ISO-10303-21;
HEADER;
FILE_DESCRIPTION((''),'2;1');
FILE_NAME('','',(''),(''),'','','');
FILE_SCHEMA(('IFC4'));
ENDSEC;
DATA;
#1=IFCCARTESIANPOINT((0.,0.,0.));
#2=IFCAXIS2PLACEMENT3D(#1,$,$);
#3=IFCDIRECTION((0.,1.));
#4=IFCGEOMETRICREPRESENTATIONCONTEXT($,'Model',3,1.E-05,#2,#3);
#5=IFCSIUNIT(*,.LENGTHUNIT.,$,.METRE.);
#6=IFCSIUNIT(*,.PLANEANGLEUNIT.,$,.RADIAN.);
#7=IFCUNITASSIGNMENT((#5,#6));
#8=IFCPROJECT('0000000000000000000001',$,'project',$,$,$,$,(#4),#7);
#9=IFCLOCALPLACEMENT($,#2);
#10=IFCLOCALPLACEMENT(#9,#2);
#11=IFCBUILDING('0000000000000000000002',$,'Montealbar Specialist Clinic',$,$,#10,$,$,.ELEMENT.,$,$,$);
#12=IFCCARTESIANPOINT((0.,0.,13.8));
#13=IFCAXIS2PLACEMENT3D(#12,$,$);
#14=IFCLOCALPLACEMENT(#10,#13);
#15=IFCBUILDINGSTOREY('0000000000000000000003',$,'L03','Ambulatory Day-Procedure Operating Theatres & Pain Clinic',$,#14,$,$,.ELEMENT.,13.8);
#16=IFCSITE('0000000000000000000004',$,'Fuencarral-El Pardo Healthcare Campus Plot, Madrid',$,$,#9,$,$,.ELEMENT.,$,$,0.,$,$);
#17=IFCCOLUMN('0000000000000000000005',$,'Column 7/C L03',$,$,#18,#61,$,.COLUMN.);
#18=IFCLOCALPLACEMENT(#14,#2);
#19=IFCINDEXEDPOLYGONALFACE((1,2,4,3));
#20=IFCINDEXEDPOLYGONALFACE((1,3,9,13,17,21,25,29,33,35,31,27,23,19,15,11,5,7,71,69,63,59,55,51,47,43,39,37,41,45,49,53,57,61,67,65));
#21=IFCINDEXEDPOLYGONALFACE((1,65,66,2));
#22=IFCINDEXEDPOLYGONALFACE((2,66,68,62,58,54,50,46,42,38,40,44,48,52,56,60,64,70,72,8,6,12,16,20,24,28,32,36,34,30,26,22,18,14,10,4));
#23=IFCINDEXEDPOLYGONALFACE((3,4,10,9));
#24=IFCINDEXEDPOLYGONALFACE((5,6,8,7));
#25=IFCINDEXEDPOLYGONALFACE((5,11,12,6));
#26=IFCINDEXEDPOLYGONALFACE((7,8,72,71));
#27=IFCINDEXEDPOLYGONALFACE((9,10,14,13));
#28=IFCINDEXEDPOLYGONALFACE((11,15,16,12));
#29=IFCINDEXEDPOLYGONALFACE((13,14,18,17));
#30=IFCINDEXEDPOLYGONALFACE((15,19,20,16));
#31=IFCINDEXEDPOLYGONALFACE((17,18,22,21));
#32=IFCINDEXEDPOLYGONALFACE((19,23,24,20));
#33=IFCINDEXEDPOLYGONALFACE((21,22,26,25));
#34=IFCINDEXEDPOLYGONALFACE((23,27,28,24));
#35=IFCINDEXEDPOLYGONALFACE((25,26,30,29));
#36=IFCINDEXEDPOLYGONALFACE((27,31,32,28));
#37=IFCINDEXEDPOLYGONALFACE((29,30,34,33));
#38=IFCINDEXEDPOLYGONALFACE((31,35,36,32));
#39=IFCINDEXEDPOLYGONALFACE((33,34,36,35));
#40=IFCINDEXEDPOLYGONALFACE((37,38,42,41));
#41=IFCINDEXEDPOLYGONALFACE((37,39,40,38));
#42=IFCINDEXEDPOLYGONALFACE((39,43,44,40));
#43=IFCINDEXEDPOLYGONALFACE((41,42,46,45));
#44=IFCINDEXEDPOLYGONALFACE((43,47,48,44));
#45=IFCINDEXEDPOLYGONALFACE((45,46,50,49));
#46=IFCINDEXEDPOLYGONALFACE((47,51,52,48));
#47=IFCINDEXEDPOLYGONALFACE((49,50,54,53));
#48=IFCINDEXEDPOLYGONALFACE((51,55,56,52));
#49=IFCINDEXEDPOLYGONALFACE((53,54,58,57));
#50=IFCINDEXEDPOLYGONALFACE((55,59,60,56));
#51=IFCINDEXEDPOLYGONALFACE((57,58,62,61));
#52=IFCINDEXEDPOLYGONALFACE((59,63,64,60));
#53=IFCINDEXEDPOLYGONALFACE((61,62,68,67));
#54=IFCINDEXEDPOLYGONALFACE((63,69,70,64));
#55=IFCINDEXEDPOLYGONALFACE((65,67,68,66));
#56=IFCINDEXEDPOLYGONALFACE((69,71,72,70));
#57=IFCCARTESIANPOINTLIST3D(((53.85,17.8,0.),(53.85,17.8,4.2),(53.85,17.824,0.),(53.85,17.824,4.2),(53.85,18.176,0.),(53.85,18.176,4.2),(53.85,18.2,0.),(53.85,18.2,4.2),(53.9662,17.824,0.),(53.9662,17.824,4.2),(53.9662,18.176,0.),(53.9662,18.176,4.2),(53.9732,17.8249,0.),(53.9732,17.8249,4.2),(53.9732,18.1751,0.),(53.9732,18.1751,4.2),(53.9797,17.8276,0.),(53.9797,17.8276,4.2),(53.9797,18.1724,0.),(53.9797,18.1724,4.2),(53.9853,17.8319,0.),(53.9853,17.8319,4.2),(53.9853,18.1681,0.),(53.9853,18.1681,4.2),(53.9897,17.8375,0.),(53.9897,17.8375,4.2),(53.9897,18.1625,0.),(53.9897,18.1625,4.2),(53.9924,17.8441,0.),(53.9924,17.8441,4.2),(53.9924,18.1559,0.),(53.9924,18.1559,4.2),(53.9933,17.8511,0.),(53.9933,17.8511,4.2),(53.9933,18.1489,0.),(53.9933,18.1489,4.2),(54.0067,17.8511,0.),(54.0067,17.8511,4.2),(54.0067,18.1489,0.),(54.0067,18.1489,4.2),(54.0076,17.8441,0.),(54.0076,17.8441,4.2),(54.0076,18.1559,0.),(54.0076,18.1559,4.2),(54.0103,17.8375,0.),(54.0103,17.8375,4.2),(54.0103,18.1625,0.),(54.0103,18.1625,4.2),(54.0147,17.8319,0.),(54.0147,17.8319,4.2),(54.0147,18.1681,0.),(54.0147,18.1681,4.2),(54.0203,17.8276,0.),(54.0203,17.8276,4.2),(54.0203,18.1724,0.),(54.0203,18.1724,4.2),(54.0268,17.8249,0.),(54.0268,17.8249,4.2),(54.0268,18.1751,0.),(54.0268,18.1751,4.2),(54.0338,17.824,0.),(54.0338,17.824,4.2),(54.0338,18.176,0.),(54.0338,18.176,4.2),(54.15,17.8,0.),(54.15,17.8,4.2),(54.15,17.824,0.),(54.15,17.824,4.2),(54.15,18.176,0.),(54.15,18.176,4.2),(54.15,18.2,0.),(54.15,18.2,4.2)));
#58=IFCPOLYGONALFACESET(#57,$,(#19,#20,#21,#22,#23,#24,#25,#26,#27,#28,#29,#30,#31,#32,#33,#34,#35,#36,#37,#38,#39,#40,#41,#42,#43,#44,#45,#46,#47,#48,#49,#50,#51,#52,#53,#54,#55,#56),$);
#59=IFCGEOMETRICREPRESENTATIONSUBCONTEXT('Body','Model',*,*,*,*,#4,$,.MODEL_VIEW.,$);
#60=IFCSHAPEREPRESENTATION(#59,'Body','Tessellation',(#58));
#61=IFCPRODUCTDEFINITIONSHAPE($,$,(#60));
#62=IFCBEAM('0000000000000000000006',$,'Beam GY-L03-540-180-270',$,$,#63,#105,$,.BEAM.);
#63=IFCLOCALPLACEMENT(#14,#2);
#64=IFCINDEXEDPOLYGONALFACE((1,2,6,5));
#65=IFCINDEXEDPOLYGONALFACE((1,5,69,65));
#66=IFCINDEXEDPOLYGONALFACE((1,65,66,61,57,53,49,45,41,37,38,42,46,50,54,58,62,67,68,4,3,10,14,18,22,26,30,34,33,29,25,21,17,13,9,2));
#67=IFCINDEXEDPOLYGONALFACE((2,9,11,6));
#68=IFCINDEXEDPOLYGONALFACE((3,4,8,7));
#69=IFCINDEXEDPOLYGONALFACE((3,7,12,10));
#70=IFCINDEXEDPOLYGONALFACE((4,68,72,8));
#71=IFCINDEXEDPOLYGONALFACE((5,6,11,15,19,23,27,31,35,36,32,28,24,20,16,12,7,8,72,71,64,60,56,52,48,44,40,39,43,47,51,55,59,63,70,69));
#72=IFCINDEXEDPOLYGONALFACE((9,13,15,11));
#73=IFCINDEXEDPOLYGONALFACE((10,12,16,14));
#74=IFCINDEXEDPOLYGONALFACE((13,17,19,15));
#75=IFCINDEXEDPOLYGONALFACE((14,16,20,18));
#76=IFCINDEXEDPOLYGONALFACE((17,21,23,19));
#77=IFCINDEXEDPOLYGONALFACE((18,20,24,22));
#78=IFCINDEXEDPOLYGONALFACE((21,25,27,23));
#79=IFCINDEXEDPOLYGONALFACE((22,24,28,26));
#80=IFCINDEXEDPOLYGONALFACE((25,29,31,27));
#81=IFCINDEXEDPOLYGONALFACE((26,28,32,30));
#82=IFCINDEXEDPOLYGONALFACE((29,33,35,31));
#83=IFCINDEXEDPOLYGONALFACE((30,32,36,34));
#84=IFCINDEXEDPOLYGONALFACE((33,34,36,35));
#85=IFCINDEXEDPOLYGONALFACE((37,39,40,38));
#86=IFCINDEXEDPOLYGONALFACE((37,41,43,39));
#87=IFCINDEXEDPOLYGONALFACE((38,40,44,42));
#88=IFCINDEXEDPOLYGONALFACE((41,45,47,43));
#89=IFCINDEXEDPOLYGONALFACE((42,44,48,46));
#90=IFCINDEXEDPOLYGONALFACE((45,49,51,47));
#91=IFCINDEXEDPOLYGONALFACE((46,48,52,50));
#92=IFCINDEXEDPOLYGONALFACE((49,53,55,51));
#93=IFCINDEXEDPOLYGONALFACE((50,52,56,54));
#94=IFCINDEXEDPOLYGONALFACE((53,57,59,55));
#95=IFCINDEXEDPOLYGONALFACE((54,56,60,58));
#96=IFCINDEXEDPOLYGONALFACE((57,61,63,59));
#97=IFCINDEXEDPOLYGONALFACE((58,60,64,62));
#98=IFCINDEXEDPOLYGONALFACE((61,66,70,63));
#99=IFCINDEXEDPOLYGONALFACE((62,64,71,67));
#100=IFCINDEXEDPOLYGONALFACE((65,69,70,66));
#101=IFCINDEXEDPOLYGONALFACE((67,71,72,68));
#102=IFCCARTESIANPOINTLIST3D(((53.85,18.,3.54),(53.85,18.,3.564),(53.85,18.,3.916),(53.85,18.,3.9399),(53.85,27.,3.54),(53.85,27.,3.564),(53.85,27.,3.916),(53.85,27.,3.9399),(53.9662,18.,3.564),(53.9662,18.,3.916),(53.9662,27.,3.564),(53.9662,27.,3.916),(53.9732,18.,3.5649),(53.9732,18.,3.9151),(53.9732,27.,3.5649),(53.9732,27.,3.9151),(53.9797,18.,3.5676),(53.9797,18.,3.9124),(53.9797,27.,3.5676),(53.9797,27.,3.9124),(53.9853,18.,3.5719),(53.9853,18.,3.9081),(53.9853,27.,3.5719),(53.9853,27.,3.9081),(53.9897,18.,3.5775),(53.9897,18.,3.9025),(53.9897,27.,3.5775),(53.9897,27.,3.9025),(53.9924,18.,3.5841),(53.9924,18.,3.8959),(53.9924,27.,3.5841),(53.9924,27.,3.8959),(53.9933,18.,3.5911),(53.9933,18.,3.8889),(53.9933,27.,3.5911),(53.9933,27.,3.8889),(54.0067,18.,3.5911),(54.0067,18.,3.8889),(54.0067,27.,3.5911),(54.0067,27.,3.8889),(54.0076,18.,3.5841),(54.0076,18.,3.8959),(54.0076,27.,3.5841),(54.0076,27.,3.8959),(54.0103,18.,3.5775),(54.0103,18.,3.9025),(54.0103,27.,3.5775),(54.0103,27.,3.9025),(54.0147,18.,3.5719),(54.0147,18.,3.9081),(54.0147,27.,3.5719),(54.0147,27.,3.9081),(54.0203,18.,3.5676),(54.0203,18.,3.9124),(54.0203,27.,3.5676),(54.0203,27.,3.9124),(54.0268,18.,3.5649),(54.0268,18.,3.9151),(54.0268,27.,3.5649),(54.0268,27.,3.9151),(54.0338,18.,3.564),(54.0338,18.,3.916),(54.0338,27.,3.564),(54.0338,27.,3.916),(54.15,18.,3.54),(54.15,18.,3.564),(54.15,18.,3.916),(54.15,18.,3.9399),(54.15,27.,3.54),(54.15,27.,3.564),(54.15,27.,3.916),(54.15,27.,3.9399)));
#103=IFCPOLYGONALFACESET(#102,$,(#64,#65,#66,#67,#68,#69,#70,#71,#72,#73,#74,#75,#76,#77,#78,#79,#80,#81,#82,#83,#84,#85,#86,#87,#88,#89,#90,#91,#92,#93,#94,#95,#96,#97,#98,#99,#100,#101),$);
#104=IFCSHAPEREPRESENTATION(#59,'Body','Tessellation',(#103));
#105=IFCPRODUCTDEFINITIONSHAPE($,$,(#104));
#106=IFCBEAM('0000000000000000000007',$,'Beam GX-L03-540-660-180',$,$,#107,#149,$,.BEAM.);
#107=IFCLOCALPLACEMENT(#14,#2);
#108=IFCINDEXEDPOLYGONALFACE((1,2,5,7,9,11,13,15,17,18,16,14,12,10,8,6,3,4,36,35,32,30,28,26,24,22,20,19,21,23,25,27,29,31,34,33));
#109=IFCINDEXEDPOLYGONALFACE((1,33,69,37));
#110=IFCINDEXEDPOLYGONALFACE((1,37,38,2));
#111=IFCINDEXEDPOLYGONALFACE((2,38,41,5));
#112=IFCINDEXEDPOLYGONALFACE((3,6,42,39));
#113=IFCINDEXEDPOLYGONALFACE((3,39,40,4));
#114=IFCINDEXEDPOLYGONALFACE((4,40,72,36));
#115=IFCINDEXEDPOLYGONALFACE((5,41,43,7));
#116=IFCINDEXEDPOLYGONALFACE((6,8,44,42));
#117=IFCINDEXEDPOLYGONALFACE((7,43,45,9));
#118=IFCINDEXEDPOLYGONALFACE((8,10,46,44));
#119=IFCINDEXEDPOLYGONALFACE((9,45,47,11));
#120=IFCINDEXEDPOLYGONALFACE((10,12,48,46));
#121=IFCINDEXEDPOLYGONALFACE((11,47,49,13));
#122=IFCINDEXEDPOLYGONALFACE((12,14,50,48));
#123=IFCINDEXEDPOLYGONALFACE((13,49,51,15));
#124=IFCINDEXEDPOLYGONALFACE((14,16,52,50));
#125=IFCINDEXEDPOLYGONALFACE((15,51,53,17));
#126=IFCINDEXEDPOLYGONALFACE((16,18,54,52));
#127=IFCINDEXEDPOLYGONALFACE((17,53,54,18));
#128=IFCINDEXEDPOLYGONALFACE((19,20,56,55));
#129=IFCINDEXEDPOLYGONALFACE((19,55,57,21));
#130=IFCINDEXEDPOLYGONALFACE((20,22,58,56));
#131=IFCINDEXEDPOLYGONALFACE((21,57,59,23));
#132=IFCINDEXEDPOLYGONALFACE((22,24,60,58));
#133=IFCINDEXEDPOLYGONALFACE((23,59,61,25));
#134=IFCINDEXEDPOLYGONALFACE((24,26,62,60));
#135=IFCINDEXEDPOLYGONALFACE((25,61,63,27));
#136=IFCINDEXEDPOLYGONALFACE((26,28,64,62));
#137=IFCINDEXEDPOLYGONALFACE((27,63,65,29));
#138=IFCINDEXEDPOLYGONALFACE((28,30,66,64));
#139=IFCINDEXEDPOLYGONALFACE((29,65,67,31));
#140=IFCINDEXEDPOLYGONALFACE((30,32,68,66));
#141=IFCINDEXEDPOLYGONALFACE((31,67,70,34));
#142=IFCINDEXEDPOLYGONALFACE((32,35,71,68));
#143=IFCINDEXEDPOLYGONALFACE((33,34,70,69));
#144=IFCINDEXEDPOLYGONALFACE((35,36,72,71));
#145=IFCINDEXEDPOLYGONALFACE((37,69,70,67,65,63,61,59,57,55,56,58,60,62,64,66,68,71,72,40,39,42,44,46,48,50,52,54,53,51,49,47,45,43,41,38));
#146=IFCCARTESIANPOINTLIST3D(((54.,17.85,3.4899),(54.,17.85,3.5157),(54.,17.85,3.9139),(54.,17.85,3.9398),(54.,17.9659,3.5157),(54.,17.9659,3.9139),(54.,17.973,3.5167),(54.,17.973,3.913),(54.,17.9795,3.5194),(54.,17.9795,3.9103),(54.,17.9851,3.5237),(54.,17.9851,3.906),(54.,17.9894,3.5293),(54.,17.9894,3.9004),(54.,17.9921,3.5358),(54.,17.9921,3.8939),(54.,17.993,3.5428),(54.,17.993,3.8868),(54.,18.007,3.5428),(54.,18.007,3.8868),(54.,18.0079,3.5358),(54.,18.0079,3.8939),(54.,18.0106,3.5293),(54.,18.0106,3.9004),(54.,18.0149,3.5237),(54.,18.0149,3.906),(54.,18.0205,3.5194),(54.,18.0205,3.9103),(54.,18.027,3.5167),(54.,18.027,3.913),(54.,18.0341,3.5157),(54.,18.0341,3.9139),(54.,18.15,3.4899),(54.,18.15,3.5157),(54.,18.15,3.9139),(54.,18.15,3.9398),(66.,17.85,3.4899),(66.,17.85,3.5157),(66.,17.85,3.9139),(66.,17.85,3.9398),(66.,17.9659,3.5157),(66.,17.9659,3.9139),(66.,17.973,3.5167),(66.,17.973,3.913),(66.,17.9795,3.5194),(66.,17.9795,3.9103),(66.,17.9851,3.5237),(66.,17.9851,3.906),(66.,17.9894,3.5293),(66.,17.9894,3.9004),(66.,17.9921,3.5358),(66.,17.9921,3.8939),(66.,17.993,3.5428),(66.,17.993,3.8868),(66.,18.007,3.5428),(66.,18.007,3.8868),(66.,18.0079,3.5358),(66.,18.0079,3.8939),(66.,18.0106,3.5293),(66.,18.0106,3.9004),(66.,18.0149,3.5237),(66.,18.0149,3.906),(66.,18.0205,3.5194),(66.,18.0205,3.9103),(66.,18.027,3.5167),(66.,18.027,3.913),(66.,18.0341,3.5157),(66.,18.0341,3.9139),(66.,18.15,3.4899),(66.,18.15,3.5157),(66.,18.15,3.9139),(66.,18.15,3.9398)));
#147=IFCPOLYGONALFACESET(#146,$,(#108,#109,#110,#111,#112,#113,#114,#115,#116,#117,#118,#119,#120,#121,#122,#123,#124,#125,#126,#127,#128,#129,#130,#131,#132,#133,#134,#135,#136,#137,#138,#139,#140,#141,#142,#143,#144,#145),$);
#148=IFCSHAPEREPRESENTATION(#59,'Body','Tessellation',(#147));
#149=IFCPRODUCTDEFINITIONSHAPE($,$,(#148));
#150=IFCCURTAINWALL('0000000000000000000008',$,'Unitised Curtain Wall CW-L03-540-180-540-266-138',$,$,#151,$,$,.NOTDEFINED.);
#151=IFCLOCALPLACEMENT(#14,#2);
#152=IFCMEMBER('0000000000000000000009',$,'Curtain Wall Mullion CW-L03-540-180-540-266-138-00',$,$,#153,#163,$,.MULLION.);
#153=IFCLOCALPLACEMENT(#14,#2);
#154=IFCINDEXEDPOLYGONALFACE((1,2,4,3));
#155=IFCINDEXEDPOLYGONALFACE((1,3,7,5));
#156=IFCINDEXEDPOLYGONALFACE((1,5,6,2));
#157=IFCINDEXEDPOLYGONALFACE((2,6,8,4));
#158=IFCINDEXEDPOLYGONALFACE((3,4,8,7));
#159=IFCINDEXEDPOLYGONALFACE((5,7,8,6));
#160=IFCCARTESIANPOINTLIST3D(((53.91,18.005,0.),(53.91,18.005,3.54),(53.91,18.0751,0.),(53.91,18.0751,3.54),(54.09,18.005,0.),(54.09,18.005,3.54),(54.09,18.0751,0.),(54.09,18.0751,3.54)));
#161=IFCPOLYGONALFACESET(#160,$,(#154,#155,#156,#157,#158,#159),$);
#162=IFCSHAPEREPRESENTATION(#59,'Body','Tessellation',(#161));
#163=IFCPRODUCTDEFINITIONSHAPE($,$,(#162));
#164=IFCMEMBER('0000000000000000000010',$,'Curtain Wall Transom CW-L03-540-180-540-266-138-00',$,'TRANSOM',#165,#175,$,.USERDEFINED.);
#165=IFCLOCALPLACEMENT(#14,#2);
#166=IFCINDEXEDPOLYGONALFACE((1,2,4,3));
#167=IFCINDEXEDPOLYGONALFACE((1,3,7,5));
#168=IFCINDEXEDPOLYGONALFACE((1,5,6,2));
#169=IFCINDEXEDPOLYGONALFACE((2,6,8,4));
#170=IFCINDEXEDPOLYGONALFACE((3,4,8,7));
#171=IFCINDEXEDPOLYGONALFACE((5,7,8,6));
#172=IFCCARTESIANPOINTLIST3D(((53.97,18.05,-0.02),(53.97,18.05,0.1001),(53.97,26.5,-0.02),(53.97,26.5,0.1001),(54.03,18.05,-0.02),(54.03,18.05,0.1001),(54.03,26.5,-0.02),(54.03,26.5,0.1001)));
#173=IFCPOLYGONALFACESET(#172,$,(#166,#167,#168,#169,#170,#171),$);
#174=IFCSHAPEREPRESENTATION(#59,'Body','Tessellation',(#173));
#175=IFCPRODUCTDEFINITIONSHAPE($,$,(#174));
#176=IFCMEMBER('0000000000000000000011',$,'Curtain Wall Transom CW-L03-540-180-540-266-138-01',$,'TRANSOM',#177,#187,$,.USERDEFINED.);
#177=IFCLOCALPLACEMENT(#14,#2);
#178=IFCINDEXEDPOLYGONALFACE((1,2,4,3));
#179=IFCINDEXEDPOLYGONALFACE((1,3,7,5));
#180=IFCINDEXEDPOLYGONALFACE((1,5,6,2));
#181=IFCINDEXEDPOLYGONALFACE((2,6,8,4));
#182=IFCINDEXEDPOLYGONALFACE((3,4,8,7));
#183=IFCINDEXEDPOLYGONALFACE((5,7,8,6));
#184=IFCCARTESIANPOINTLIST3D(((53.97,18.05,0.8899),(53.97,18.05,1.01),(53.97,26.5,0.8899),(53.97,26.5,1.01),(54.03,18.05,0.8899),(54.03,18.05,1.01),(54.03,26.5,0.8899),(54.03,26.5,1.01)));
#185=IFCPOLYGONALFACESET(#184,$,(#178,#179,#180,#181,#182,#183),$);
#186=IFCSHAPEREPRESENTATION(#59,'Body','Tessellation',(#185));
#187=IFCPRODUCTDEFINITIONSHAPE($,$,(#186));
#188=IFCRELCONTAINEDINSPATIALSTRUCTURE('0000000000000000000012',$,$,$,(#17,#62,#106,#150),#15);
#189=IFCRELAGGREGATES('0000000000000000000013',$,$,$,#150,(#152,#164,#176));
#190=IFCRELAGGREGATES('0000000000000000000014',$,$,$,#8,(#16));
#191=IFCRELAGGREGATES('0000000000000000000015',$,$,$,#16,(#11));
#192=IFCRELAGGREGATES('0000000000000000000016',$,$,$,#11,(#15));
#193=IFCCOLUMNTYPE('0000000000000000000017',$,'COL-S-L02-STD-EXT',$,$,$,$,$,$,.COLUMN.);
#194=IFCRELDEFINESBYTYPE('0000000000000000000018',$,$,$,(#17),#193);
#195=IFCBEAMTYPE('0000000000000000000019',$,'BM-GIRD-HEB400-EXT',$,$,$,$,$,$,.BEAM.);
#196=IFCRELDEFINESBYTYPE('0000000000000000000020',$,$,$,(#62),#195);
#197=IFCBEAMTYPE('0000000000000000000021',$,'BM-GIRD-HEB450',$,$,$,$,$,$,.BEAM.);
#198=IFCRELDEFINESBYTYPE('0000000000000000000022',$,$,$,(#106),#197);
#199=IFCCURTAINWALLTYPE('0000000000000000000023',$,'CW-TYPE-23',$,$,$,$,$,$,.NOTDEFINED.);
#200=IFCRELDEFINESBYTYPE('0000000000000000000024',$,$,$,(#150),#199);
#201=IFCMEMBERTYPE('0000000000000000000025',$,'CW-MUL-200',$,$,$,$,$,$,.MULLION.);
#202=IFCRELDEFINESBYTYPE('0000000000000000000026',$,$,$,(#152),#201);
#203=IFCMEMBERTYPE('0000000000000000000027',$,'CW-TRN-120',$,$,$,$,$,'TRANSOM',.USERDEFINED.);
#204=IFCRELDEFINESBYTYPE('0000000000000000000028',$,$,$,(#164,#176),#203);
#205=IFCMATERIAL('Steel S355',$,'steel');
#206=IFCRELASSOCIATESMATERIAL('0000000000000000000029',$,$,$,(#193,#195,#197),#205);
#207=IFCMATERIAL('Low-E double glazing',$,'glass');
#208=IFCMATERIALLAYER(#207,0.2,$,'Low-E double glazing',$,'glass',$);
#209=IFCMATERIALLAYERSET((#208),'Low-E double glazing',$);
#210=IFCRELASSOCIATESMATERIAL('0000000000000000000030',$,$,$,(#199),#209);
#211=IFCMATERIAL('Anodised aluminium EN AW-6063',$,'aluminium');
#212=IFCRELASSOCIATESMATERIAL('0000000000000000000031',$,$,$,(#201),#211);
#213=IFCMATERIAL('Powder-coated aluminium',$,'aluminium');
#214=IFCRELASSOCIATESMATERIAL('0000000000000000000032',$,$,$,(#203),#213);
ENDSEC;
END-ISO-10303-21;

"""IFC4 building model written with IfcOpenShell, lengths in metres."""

from ifc_helpers import new_model, si_unit, direction, frame, origin, origin_2d, place, context, subcontext, project, spatial, rectangle, i_section, extrude, material, layer, layer_set, material_profile, profile_set, type_object, element, aggregate, save


model = new_model("IFC4")

# Units and contexts
model_context = context("Model", 3, precision=1e-05, world=origin(), true_north=direction((0.0, 1.0)))
body_context = subcontext(model_context, "Body", "Model", "MODEL_VIEW")
ifc_project = project(units=[si_unit("LENGTHUNIT", "METRE"), si_unit("PLANEANGLEUNIT", "RADIAN")], contexts=[model_context])

# Site, building, storey
site_placement = place(None, origin())
site = spatial("IfcSite", under=ifc_project, at=site_placement, Name="Fuencarral-El Pardo Healthcare Campus Plot, Madrid", CompositionType="ELEMENT", RefElevation=0.0)
building_placement = place(site_placement, origin())
building = spatial("IfcBuilding", under=site, at=building_placement, Name="Montealbar Specialist Clinic", CompositionType="ELEMENT")
storey_placement = place(building_placement, frame((0.0, 0.0, 13.8)))
storey = spatial("IfcBuildingStorey", under=building, at=storey_placement, Name="L03", Description="Ambulatory Day-Procedure Operating Theatres & Pain Clinic", CompositionType="ELEMENT", Elevation=13.8)

# Column
ifc_material_1 = material(Name="Steel S355", Category="steel")
ifc_material_profile_1 = material_profile(ifc_material_1, i_section(OverallWidth=0.3, OverallDepth=0.3999, WebThickness=0.0134, FlangeThickness=0.0239, FilletRadius=0.0271, at=origin_2d()), Name="HEB 400", Category="steel")
ifc_profile_set_1 = profile_set([ifc_material_profile_1], Name="Steel S355")
column_type = type_object("IfcColumnType", Name="COL-S-L02-STD-EXT", PredefinedType="COLUMN", material=ifc_profile_set_1)
column_placement = place(storey_placement, frame((54.0, 18.0, 0.0), z_axis=(0.0, 0.0, 1.0), x_axis=(1.0, 0.0, 0.0)))
element("IfcColumn", 1, at=column_placement, inside=storey, type_object=column_type, Name="Column 7/C L03", PredefinedType="COLUMN", context=body_context, shape_type="SweptSolid", body=[
    extrude(i_section(OverallWidth=0.3, OverallDepth=0.3999, WebThickness=0.0134, FlangeThickness=0.0239, FilletRadius=0.0271, at=origin_2d()), origin(), (0.0, 0.0, 1.0), 4.2),
])

# Beams
ifc_material_profile_2 = material_profile(ifc_material_1, i_section(OverallWidth=0.3, OverallDepth=0.3999, WebThickness=0.0134, FlangeThickness=0.0239, FilletRadius=0.0271, at=origin_2d()), Name="HEB 400", Category="steel")
ifc_profile_set_2 = profile_set([ifc_material_profile_2], Name="Steel S355")
beam_type_1 = type_object("IfcBeamType", Name="BM-GIRD-HEB400-EXT", PredefinedType="BEAM", material=ifc_profile_set_2)
beam_1_placement = place(storey_placement, frame((54.0, 18.0, 3.74), z_axis=(0.0, 1.0, 0.0), x_axis=(-1.0, 0.0, 0.0)))
element("IfcBeam", 2, at=beam_1_placement, inside=storey, type_object=beam_type_1, Name="Beam GY-L03-540-180-270", PredefinedType="BEAM", context=body_context, shape_type="SweptSolid", body=[
    extrude(i_section(OverallWidth=0.3, OverallDepth=0.3999, WebThickness=0.0134, FlangeThickness=0.0239, FilletRadius=0.0271, at=origin_2d()), origin(), (0.0, 0.0, 1.0), 9.0),
])
ifc_material_profile_3 = material_profile(ifc_material_1, i_section(OverallWidth=0.3, OverallDepth=0.45, WebThickness=0.0139, FlangeThickness=0.0259, FilletRadius=0.0271, at=origin_2d()), Name="HEB 450", Category="steel")
ifc_profile_set_3 = profile_set([ifc_material_profile_3], Name="Steel S355")
beam_type_2 = type_object("IfcBeamType", Name="BM-GIRD-HEB450", PredefinedType="BEAM", material=ifc_profile_set_3)
beam_2_placement = place(storey_placement, frame((54.0, 18.0, 3.7148), z_axis=(1.0, 0.0, 0.0), x_axis=(0.0, 1.0, 0.0)))
element("IfcBeam", 3, at=beam_2_placement, inside=storey, type_object=beam_type_2, Name="Beam GX-L03-540-660-180", PredefinedType="BEAM", context=body_context, shape_type="SweptSolid", body=[
    extrude(i_section(OverallWidth=0.3, OverallDepth=0.45, WebThickness=0.0139, FlangeThickness=0.0259, FilletRadius=0.0271, at=origin_2d()), origin(), (0.0, 0.0, 1.0), 12.0),
])

# Curtain wall, members
ifc_material_2 = material(Name="Low-E double glazing", Category="glass")
ifc_layer_1 = layer(ifc_material_2, 0.2, Name="Low-E double glazing", Category="glass")
ifc_layer_set_1 = layer_set([ifc_layer_1], Name="Low-E double glazing")
curtain_wall_type = type_object("IfcCurtainWallType", Name="CW-TYPE-23", PredefinedType="NOTDEFINED", material=ifc_layer_set_1)
curtain_wall_placement = place(storey_placement, origin())
curtain_wall = element("IfcCurtainWall", 4, at=curtain_wall_placement, inside=storey, type_object=curtain_wall_type, Name="Unitised Curtain Wall CW-L03-540-180-540-266-138", PredefinedType="NOTDEFINED")
ifc_material_3 = material(Name="Anodised aluminium EN AW-6063", Category="aluminium")
ifc_material_profile_4 = material_profile(ifc_material_3, rectangle(XDim=0.0701, YDim=0.1799, at=origin_2d()), Name="ALU 70x180", Category="aluminium")
ifc_profile_set_4 = profile_set([ifc_material_profile_4], Name="Anodised aluminium EN AW-6063")
member_type_1 = type_object("IfcMemberType", Name="CW-MUL-200", PredefinedType="MULLION", material=ifc_profile_set_4)
member_1_placement = place(storey_placement, frame((54.0, 18.04, 0.0), z_axis=(0.0, 0.0, 1.0), x_axis=(0.0, 1.0, 0.0)))
member_1 = element("IfcMember", 5, at=member_1_placement, type_object=member_type_1, Name="Curtain Wall Mullion CW-L03-540-180-540-266-138-00", PredefinedType="MULLION", context=body_context, shape_type="SweptSolid", body=[
    extrude(rectangle(XDim=0.0701, YDim=0.1799, at=origin_2d()), origin(), (0.0, 0.0, 1.0), 3.54),
])
ifc_material_4 = material(Name="Powder-coated aluminium", Category="aluminium")
ifc_material_profile_5 = material_profile(ifc_material_4, rectangle(XDim=0.0601, YDim=0.1201, at=origin_2d()), Name="ALU 60x120", Category="aluminium")
ifc_profile_set_5 = profile_set([ifc_material_profile_5], Name="Powder-coated aluminium")
member_type_2 = type_object("IfcMemberType", Name="CW-TRN-120", ElementType="TRANSOM", PredefinedType="USERDEFINED", material=ifc_profile_set_5)
member_2_placement = place(storey_placement, frame((54.0, 18.05, 0.04), z_axis=(0.0, 1.0, 0.0), x_axis=(-1.0, 0.0, 0.0)))
member_2 = element("IfcMember", 6, at=member_2_placement, type_object=member_type_2, Name="Curtain Wall Transom CW-L03-540-180-540-266-138-00", ObjectType="TRANSOM", PredefinedType="USERDEFINED", context=body_context, shape_type="SweptSolid", body=[
    extrude(rectangle(XDim=0.0601, YDim=0.1201, at=origin_2d()), origin(), (0.0, 0.0, 1.0), 8.45),
])
member_3_placement = place(storey_placement, frame((54.0, 18.05, 0.95), z_axis=(0.0, 1.0, 0.0), x_axis=(-1.0, 0.0, 0.0)))
member_3 = element("IfcMember", 7, at=member_3_placement, type_object=member_type_2, Name="Curtain Wall Transom CW-L03-540-180-540-266-138-01", ObjectType="TRANSOM", PredefinedType="USERDEFINED", context=body_context, shape_type="SweptSolid", body=[
    extrude(rectangle(XDim=0.0601, YDim=0.1201, at=origin_2d()), origin(), (0.0, 0.0, 1.0), 8.45),
])
aggregate(curtain_wall, [member_1, member_2, member_3])

save(model, "model.ifc")
